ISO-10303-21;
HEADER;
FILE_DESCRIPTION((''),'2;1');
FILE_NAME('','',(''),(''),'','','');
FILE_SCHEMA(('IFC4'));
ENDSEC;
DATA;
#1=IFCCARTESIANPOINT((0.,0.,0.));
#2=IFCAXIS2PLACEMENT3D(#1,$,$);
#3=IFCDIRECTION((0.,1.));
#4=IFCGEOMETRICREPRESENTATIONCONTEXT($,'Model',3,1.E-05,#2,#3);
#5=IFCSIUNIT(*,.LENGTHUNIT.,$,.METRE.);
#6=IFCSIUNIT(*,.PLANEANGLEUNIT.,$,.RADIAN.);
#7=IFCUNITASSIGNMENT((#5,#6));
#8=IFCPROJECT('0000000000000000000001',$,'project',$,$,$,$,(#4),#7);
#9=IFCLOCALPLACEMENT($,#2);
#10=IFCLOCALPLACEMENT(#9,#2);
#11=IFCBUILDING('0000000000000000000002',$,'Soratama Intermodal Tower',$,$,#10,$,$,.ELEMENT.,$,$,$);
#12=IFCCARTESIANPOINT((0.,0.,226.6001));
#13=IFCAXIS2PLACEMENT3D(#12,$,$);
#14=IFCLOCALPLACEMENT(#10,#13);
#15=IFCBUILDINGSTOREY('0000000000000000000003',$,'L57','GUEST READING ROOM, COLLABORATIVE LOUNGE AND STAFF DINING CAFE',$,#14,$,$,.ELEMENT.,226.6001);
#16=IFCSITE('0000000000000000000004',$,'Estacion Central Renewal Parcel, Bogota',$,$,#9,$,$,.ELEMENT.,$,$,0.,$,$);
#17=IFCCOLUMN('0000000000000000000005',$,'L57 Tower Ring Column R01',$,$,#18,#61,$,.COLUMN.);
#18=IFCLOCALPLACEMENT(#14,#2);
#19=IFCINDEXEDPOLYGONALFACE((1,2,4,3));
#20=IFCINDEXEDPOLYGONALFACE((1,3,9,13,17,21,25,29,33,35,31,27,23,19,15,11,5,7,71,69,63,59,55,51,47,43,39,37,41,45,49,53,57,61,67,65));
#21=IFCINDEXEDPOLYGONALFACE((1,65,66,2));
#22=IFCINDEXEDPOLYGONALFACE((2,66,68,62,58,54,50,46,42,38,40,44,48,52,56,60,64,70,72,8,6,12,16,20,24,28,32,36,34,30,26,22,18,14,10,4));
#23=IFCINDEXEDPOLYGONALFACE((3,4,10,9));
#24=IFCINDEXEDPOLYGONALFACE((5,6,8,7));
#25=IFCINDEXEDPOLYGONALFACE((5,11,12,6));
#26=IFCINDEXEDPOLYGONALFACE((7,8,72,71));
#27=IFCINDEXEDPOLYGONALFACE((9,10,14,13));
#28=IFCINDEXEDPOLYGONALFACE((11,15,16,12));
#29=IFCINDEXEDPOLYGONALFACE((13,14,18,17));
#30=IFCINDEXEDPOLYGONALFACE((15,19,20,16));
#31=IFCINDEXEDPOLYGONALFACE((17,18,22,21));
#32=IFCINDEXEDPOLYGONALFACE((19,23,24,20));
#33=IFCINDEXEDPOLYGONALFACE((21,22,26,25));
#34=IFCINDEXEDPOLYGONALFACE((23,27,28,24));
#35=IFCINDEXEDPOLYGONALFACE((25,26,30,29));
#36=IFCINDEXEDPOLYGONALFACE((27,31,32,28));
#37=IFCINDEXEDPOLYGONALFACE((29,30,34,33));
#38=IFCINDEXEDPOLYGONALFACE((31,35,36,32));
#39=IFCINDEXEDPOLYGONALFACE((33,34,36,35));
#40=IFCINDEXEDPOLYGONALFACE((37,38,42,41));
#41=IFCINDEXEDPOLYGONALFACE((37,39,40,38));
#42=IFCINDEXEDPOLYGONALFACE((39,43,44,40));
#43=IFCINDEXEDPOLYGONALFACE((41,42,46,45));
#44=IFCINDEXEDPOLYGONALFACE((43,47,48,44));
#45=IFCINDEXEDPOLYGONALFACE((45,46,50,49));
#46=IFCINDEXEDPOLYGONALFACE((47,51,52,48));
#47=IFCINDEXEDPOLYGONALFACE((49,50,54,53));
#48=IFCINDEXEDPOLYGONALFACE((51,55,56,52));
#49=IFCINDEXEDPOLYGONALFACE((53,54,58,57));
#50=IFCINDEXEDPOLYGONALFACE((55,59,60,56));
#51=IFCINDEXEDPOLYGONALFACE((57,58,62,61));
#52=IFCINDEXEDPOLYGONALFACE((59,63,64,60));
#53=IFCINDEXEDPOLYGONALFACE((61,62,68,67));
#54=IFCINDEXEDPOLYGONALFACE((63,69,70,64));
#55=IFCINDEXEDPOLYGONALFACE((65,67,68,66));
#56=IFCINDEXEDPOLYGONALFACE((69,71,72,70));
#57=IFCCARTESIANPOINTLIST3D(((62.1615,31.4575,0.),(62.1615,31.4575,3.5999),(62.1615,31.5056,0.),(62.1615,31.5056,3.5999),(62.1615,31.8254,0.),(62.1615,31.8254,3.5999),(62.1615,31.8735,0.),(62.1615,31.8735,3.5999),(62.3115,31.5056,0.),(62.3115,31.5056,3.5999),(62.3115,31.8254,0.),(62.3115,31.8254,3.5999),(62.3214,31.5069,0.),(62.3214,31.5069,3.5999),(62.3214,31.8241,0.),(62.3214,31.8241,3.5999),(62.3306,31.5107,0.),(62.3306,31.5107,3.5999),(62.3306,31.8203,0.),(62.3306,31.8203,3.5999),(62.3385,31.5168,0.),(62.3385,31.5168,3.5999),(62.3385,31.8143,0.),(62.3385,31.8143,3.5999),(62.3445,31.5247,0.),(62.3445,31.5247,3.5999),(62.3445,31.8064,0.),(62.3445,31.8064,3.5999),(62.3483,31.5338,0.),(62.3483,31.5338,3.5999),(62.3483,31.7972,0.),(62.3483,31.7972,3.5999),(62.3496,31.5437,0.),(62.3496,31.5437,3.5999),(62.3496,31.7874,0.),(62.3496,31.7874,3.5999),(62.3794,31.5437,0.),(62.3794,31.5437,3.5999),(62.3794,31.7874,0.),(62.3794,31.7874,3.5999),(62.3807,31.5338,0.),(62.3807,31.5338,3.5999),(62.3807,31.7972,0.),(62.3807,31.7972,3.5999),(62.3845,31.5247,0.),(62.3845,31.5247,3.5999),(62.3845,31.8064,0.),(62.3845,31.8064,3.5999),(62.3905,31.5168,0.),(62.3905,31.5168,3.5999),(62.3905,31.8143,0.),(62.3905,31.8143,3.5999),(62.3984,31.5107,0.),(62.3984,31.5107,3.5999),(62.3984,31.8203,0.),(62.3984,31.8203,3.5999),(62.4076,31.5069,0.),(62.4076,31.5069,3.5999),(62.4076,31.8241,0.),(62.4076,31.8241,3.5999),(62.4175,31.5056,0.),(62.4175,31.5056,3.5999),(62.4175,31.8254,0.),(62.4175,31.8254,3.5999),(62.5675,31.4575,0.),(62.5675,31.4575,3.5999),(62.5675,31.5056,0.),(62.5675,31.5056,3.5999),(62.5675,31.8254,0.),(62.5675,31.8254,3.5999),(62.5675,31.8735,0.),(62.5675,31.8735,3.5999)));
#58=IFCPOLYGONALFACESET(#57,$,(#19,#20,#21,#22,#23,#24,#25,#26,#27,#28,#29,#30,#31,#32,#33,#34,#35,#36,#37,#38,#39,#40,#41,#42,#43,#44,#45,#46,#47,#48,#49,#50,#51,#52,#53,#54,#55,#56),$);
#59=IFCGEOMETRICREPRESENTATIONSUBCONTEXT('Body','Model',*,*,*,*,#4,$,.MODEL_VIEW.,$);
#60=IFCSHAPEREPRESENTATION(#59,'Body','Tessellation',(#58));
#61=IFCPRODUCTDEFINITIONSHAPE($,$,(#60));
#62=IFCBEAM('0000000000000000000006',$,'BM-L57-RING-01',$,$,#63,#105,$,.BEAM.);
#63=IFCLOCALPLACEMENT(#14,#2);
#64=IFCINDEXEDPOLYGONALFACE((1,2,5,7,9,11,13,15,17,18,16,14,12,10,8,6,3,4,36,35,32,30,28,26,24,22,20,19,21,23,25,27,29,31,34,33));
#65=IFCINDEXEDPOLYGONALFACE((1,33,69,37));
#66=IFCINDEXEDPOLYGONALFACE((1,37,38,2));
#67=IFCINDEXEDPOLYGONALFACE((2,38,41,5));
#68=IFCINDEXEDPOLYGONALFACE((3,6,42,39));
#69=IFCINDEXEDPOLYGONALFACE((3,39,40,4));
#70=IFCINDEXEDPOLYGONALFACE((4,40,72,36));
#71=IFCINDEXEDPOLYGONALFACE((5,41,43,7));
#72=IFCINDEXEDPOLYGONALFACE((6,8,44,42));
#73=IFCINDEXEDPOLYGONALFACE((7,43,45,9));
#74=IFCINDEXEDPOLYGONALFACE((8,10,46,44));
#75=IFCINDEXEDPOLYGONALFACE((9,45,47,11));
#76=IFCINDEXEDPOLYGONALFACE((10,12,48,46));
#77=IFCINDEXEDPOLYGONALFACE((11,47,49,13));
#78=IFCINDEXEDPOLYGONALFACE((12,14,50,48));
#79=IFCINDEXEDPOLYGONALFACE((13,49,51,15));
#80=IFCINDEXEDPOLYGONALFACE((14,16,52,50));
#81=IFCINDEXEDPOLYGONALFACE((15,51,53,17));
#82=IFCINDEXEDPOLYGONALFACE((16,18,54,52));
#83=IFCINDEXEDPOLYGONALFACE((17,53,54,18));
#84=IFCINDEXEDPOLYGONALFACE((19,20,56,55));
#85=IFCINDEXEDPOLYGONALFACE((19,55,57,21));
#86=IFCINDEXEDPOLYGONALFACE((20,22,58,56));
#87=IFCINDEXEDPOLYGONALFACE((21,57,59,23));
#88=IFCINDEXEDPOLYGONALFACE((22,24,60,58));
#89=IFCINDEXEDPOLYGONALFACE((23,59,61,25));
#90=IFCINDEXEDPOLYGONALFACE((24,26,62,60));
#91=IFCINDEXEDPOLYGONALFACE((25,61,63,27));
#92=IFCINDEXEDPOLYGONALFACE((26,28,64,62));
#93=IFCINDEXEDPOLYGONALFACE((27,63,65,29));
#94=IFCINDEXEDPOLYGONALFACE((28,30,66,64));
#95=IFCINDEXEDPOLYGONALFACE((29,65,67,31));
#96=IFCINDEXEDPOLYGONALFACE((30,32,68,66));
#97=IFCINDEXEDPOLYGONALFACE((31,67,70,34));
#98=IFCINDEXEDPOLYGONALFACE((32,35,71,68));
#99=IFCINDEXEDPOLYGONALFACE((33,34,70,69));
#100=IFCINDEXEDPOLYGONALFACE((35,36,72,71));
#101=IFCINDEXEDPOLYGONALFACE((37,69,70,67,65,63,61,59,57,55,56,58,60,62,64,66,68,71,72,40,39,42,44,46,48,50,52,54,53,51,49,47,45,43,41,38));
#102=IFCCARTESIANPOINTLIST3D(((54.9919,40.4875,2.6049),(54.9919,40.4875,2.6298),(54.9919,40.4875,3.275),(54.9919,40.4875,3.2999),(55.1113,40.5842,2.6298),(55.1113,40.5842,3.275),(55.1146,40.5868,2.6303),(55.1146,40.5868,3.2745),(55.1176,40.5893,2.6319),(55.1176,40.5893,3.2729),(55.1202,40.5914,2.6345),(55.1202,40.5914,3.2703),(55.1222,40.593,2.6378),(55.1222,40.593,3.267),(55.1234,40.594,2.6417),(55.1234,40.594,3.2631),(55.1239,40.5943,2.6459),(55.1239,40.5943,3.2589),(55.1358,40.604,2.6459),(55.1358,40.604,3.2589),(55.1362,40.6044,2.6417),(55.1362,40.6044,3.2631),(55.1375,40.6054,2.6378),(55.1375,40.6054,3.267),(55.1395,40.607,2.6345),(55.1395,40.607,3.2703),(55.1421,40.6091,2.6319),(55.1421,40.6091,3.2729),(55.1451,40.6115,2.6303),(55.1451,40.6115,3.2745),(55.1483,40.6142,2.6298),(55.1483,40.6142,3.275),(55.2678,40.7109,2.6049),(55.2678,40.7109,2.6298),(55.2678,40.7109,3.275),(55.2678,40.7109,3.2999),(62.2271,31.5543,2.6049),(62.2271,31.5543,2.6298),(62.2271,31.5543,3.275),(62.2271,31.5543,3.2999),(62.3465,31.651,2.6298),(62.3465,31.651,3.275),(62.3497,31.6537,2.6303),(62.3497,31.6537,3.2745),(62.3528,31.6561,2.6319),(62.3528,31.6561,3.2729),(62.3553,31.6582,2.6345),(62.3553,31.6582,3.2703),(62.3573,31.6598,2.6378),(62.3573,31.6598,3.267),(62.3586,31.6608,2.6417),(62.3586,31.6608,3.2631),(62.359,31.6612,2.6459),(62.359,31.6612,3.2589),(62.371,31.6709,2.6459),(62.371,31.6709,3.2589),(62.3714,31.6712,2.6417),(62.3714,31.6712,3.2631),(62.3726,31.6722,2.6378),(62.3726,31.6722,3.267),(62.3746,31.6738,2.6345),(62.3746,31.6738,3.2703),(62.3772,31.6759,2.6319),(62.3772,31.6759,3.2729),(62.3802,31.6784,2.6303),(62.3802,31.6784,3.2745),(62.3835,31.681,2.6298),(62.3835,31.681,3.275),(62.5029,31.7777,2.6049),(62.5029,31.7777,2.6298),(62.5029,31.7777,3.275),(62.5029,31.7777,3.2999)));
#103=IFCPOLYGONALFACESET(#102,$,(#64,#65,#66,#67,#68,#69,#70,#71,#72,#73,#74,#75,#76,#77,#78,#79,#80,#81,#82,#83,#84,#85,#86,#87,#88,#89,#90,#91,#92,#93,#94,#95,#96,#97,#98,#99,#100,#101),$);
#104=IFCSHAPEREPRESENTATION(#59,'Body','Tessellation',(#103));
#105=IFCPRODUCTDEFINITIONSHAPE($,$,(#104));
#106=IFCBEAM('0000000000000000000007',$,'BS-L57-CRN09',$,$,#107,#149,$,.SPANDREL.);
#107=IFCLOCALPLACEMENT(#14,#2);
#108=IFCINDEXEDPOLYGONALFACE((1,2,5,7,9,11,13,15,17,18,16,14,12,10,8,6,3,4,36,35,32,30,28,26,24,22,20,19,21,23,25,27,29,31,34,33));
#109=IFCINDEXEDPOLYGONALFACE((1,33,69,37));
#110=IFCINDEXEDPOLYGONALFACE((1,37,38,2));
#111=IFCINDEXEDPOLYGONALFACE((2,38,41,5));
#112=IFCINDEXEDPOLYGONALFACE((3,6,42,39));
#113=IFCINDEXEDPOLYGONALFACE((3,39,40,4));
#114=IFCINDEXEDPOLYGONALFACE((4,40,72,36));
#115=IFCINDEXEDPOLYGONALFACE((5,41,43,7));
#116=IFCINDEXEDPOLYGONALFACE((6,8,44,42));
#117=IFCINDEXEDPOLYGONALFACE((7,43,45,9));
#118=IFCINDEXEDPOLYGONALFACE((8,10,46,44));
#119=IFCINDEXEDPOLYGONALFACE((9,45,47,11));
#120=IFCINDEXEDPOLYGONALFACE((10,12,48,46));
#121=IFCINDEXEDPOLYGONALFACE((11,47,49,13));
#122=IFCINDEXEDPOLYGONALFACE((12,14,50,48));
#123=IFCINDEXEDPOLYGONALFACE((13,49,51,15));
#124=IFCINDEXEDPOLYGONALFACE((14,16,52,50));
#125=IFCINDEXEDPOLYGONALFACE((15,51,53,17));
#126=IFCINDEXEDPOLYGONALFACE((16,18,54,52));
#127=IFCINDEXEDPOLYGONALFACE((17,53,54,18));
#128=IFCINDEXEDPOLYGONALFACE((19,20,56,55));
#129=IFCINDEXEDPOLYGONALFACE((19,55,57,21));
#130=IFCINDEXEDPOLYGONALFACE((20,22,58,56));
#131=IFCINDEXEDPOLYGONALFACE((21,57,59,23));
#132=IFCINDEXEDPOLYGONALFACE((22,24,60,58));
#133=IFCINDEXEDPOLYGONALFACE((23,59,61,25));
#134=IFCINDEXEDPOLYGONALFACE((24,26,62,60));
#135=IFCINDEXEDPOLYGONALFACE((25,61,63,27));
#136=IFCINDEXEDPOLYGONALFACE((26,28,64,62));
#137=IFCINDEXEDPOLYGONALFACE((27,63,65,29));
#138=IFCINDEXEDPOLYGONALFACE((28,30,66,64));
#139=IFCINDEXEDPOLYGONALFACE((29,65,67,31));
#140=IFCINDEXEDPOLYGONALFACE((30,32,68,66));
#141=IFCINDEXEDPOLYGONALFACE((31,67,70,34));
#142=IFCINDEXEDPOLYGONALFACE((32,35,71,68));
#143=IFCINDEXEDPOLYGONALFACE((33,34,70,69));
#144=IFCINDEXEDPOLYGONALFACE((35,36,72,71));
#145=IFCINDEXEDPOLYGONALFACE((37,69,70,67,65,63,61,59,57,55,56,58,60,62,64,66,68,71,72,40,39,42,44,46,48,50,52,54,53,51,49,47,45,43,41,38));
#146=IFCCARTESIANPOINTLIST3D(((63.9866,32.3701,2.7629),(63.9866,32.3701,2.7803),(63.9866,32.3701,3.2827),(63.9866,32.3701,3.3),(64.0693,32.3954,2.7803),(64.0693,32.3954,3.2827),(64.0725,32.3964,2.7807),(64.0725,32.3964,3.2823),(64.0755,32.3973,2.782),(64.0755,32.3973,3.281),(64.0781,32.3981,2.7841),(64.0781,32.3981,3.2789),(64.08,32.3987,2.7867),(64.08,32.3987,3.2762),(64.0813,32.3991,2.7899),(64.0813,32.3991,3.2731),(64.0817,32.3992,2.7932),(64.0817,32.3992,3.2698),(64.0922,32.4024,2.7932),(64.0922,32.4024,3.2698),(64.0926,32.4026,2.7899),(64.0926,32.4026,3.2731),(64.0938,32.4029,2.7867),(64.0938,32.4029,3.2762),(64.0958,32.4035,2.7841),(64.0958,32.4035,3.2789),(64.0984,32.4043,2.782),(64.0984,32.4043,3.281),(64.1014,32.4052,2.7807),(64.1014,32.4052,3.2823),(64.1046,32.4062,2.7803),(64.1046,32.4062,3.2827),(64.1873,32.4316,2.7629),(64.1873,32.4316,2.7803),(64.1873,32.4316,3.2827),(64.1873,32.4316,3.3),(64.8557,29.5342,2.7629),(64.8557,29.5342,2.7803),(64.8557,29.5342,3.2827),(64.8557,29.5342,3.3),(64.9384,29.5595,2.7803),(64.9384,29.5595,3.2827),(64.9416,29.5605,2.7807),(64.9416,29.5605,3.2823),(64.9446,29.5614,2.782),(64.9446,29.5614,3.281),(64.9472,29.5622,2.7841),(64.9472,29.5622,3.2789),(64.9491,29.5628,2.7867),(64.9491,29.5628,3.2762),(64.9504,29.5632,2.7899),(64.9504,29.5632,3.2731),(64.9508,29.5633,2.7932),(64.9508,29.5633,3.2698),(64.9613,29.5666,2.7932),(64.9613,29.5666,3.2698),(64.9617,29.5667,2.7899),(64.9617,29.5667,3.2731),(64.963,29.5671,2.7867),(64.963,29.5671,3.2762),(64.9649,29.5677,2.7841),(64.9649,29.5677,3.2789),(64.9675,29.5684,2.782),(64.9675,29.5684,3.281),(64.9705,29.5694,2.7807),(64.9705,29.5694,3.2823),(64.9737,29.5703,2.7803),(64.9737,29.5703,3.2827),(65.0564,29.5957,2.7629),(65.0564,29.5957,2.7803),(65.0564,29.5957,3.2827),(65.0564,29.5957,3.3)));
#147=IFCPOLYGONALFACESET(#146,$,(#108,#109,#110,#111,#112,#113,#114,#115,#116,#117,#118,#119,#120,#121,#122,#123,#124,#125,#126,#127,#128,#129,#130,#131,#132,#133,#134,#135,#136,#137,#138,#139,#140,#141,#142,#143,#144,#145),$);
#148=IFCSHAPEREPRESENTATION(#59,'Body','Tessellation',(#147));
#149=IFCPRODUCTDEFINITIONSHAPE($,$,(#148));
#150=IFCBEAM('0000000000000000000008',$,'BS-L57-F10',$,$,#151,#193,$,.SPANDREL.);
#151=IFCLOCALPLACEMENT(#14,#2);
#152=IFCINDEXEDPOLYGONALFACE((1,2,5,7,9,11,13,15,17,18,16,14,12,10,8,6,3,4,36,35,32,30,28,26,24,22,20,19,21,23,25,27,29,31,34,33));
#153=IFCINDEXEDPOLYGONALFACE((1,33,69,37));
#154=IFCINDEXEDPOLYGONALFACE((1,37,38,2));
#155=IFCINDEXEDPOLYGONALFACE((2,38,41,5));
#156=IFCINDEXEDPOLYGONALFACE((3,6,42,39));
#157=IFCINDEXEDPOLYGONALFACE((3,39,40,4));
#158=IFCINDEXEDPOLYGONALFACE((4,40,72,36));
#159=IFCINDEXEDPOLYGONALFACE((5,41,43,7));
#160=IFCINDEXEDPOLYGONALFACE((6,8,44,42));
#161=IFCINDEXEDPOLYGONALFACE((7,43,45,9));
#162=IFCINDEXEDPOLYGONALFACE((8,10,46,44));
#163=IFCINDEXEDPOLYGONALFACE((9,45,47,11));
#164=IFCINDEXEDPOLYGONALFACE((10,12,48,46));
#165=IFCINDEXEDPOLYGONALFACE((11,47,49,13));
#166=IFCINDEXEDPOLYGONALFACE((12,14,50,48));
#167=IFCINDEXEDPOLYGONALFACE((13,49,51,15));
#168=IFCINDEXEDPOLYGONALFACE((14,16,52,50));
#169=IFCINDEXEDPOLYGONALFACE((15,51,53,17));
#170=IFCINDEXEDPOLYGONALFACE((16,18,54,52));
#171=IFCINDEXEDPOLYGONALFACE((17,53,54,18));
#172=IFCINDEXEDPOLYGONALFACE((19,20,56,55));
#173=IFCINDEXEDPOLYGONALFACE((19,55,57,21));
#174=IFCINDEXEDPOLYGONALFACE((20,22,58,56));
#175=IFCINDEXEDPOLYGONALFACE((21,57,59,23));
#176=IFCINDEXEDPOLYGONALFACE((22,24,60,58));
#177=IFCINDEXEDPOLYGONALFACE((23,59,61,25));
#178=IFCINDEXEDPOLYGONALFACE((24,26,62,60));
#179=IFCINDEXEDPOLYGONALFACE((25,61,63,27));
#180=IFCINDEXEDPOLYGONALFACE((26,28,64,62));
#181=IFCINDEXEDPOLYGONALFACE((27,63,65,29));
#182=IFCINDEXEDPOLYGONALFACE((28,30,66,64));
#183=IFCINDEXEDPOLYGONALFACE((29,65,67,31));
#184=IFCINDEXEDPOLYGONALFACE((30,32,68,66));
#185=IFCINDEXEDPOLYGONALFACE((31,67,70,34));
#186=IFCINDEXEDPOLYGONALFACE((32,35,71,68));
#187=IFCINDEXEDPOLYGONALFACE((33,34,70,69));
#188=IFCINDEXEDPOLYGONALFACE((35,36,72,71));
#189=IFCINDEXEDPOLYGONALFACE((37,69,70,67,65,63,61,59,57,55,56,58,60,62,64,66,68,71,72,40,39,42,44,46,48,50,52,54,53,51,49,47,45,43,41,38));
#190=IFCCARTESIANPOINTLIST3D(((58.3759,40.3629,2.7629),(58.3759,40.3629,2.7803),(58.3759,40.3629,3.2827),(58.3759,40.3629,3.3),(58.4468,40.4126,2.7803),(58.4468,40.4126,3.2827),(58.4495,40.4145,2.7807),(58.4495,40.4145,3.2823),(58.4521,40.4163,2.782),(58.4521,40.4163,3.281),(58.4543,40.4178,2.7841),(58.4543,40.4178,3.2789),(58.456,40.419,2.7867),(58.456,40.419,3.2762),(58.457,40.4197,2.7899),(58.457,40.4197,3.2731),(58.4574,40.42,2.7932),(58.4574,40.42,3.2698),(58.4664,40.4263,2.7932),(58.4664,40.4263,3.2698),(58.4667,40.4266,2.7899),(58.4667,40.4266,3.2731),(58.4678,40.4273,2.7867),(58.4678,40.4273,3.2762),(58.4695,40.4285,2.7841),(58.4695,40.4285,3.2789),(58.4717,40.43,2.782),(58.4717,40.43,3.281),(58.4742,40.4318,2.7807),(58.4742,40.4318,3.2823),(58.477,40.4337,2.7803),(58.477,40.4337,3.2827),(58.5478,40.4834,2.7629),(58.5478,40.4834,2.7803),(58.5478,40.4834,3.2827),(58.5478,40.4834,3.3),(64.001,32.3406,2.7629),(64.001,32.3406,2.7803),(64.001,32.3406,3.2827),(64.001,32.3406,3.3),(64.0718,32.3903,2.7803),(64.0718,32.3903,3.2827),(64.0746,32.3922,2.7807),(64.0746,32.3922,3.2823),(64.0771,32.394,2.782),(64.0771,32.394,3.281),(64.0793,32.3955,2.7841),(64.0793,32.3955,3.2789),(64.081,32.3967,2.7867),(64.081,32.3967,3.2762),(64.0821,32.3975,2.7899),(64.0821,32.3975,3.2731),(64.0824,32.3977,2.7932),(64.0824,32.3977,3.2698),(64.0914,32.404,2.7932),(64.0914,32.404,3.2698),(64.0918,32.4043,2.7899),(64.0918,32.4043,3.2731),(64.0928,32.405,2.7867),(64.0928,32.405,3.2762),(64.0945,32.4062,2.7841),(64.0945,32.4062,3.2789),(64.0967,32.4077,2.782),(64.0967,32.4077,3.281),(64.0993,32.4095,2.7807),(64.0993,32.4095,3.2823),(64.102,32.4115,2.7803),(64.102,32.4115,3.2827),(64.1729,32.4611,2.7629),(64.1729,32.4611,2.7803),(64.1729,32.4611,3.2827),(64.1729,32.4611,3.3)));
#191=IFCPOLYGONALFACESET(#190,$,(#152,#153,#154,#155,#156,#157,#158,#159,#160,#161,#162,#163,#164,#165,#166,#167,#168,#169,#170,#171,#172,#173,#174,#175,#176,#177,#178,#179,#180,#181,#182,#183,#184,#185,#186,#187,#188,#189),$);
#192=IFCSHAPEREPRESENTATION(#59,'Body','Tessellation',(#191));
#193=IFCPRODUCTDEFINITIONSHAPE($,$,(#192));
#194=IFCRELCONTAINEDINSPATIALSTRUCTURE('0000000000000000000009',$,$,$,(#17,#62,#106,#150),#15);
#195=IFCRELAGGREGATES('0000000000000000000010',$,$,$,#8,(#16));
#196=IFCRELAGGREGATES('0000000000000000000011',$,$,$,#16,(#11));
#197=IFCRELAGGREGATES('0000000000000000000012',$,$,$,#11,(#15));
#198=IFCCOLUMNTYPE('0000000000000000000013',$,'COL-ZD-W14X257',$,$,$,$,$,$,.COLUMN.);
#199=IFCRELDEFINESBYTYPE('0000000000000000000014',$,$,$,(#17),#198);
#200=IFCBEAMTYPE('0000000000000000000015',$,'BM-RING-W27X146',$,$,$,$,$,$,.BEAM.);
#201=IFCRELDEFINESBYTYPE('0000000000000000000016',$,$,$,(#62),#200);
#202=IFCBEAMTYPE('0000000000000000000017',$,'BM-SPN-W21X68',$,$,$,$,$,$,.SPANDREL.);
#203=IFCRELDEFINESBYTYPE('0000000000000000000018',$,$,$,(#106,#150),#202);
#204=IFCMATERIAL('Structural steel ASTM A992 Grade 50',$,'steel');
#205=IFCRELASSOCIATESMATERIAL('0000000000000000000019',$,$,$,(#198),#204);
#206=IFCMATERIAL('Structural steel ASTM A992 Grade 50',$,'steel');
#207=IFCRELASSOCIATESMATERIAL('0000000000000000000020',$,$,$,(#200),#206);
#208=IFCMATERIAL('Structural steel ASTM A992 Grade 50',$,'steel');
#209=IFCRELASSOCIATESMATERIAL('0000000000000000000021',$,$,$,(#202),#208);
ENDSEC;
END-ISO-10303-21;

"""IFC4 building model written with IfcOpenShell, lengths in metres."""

from ifc_helpers import new_model, si_unit, direction, frame, origin, origin_2d, place, context, subcontext, project, spatial, i_section, extrude, material, material_profile, profile_set, type_object, element, save


model = new_model("IFC4")

# Units and contexts
model_context = context("Model", 3, precision=1e-05, world=origin(), true_north=direction((0.0, 1.0)))
body_context = subcontext(model_context, "Body", "Model", "MODEL_VIEW")
ifc_project = project(units=[si_unit("LENGTHUNIT", "METRE"), si_unit("PLANEANGLEUNIT", "RADIAN")], contexts=[model_context])

# Site, building, storey
site_placement = place(None, origin())
site = spatial("IfcSite", under=ifc_project, at=site_placement, Name="Estacion Central Renewal Parcel, Bogota", CompositionType="ELEMENT", RefElevation=0.0)
building_placement = place(site_placement, origin())
building = spatial("IfcBuilding", under=site, at=building_placement, Name="Soratama Intermodal Tower", CompositionType="ELEMENT")
storey_placement = place(building_placement, frame((0.0, 0.0, 226.6001)))
storey = spatial("IfcBuildingStorey", under=building, at=storey_placement, Name="L57", Description="GUEST READING ROOM, COLLABORATIVE LOUNGE AND STAFF DINING CAFE", CompositionType="ELEMENT", Elevation=226.6001)

# Column
ifc_material_1 = material(Name="Structural steel ASTM A992 Grade 50", Category="steel")
ifc_material_profile_1 = material_profile(ifc_material_1, i_section(OverallWidth=0.406, OverallDepth=0.416, WebThickness=0.0298, FlangeThickness=0.0481, FilletRadius=0.0381, at=origin_2d()), Name="W14X257")
ifc_profile_set_1 = profile_set([ifc_material_profile_1], Name="Structural steel ASTM A992 Grade 50")
column_type = type_object("IfcColumnType", Name="COL-ZD-W14X257", PredefinedType="COLUMN", material=ifc_profile_set_1)
column_placement = place(storey_placement, frame((62.3645, 31.6655, 0.0), z_axis=(0.0, 0.0, 1.0), x_axis=(1.0, 0.0, 0.0)))
element("IfcColumn", 1, at=column_placement, inside=storey, type_object=column_type, Name="L57 Tower Ring Column R01", PredefinedType="COLUMN", context=body_context, shape_type="SweptSolid", body=[
    extrude(i_section(OverallWidth=0.406, OverallDepth=0.416, WebThickness=0.0298, FlangeThickness=0.0481, FilletRadius=0.0381, at=origin_2d()), origin(), (0.0, 0.0, 1.0), 3.5999),
])

# Beams
ifc_material_2 = material(Name="Structural steel ASTM A992 Grade 50", Category="steel")
ifc_material_profile_2 = material_profile(ifc_material_2, i_section(OverallWidth=0.355, OverallDepth=0.6951, WebThickness=0.0154, FlangeThickness=0.0249, FilletRadius=0.0161, at=origin_2d()), Name="W27X146")
ifc_profile_set_2 = profile_set([ifc_material_profile_2], Name="Structural steel ASTM A992 Grade 50")
beam_type_1 = type_object("IfcBeamType", Name="BM-RING-W27X146", PredefinedType="BEAM", material=ifc_profile_set_2)
beam_1_placement = place(storey_placement, frame((62.365, 31.666, 2.9524), z_axis=(-0.629385, 0.777094, 0.0), x_axis=(-0.777094, -0.629385, 0.0)))
element("IfcBeam", 2, at=beam_1_placement, inside=storey, type_object=beam_type_1, Name="BM-L57-RING-01", PredefinedType="BEAM", context=body_context, shape_type="SweptSolid", body=[
    extrude(i_section(OverallWidth=0.355, OverallDepth=0.6951, WebThickness=0.0154, FlangeThickness=0.0249, FilletRadius=0.0161, at=origin_2d()), origin(), (0.0, 0.0, 1.0), 11.4956),
])
ifc_material_3 = material(Name="Structural steel ASTM A992 Grade 50", Category="steel")
ifc_material_profile_3 = material_profile(ifc_material_3, i_section(OverallWidth=0.21, OverallDepth=0.5371, WebThickness=0.011, FlangeThickness=0.0173, FilletRadius=0.0129, at=origin_2d()), Name="W21X68")
ifc_profile_set_3 = profile_set([ifc_material_profile_3], Name="Structural steel ASTM A992 Grade 50")
beam_type_2 = type_object("IfcBeamType", Name="BM-SPN-W21X68", PredefinedType="SPANDREL", material=ifc_profile_set_3)
beam_2_placement = place(storey_placement, frame((64.9561, 29.5649, 3.0315), z_axis=(-0.293021, 0.956106, 0.0), x_axis=(-0.956106, -0.293021, 0.0)))
element("IfcBeam", 3, at=beam_2_placement, inside=storey, type_object=beam_type_2, Name="BS-L57-CRN09", PredefinedType="SPANDREL", context=body_context, shape_type="SweptSolid", body=[
    extrude(i_section(OverallWidth=0.21, OverallDepth=0.5371, WebThickness=0.011, FlangeThickness=0.0173, FilletRadius=0.0129, at=origin_2d()), origin(), (0.0, 0.0, 1.0), 2.9661),
])
beam_3_placement = place(storey_placement, frame((64.0869, 32.4009, 3.0315), z_axis=(-0.574109, 0.818779, 0.0), x_axis=(-0.818779, -0.574109, 0.0)))
element("IfcBeam", 4, at=beam_3_placement, inside=storey, type_object=beam_type_2, Name="BS-L57-F10", PredefinedType="SPANDREL", context=body_context, shape_type="SweptSolid", body=[
    extrude(i_section(OverallWidth=0.21, OverallDepth=0.5371, WebThickness=0.011, FlangeThickness=0.0173, FilletRadius=0.0129, at=origin_2d()), origin(), (0.0, 0.0, 1.0), 9.7979),
])

save(model, "model.ifc")
